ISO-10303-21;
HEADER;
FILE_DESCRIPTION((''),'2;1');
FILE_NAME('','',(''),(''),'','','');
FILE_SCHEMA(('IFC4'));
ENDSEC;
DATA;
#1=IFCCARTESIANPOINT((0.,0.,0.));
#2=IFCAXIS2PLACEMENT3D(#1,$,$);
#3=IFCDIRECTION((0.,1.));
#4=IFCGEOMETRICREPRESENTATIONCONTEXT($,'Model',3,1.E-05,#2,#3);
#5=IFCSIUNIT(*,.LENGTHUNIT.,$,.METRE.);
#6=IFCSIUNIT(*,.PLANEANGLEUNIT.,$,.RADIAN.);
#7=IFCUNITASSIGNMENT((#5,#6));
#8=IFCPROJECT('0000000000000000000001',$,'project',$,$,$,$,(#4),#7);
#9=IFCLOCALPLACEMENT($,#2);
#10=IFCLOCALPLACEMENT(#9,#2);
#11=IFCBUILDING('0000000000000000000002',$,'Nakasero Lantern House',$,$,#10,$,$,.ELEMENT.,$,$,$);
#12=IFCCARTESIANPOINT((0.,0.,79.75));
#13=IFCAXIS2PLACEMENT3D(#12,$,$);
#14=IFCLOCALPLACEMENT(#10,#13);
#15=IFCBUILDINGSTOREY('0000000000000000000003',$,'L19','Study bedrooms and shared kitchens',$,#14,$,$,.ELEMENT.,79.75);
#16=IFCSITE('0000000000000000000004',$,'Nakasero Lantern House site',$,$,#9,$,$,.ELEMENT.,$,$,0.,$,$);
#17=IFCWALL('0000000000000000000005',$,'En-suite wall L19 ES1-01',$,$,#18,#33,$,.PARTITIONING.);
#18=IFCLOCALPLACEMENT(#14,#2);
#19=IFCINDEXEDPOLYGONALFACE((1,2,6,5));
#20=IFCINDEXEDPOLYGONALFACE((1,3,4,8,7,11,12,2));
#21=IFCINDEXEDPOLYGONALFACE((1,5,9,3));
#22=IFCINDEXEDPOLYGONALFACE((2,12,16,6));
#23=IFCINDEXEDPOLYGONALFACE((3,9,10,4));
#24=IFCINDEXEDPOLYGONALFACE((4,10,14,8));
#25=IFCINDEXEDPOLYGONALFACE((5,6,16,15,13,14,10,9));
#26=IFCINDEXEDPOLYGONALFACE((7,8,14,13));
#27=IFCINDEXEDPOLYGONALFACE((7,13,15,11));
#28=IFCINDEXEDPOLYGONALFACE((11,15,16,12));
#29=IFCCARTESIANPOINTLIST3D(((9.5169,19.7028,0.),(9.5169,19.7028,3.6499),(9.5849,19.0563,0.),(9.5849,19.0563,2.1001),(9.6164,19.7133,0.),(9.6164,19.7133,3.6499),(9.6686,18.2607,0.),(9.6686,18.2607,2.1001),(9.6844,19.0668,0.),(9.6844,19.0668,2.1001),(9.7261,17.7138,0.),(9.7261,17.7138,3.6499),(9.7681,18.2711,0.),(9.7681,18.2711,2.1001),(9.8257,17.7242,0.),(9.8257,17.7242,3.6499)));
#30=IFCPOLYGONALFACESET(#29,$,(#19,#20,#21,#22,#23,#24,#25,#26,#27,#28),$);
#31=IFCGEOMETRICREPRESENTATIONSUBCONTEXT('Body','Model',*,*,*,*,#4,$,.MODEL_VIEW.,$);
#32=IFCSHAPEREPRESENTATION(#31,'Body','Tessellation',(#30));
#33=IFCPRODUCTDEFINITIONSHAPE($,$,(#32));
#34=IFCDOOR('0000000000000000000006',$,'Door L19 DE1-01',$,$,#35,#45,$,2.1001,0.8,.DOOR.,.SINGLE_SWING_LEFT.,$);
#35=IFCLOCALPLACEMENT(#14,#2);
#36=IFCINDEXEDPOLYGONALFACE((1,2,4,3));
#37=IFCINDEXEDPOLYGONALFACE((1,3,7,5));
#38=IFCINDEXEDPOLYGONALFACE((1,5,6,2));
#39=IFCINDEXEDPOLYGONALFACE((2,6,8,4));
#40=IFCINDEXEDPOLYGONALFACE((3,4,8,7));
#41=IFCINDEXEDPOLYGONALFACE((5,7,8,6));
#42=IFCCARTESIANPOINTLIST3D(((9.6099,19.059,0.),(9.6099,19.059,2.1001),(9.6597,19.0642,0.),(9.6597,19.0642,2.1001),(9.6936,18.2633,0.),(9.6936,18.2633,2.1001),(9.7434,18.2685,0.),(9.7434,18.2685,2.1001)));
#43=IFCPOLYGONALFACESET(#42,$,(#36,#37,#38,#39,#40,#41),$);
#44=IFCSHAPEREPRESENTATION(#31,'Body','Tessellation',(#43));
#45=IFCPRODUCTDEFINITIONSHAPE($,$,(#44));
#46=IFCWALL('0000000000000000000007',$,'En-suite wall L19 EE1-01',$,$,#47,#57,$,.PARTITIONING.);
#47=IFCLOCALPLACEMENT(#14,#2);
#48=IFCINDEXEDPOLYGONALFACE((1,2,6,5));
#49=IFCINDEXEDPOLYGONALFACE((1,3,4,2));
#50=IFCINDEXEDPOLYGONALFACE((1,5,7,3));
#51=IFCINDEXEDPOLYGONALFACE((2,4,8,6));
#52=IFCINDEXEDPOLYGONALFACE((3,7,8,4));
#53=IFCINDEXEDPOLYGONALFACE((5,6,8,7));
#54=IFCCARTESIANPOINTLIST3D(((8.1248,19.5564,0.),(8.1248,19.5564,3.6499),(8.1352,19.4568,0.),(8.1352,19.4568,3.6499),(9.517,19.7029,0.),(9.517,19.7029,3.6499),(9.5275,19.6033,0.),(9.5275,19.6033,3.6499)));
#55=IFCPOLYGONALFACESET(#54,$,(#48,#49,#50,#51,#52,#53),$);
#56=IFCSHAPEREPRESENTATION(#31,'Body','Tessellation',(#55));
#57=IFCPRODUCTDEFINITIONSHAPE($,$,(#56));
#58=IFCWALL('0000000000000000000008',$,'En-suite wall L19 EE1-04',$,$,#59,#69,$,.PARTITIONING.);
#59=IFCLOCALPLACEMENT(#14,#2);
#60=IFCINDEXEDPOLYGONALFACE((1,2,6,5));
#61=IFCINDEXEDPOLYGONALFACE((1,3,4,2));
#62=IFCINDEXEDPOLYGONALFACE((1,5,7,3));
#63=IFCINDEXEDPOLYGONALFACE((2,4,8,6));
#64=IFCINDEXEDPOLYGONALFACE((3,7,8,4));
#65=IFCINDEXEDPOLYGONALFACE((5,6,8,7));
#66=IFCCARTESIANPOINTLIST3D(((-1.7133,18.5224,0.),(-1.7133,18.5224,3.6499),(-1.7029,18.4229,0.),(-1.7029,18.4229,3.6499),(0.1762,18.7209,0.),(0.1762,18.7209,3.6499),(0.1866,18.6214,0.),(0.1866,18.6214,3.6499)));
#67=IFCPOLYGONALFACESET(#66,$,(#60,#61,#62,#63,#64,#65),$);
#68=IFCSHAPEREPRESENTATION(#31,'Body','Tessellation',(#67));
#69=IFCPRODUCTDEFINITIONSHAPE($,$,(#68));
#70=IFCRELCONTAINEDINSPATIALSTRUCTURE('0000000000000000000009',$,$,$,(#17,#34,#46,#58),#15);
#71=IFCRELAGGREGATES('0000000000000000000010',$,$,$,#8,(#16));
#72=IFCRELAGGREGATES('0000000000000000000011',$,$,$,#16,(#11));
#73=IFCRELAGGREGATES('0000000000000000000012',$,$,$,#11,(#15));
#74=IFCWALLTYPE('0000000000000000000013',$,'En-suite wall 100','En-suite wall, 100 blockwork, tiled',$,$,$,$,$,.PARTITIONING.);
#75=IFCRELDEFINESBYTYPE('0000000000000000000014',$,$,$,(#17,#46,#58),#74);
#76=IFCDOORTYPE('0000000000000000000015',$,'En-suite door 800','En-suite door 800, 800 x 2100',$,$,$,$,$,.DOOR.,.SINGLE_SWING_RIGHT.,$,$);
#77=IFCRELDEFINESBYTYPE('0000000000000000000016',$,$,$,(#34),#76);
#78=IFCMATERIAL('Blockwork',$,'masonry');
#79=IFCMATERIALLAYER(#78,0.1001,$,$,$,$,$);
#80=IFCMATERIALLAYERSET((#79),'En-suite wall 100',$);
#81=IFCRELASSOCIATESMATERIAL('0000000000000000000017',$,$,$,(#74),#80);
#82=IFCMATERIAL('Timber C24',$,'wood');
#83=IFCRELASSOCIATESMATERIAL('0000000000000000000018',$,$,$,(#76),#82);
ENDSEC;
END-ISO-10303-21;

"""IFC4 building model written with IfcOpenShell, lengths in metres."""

from ifc_helpers import new_model, si_unit, direction, frame, frame_2d, origin, place, context, subcontext, project, spatial, rectangle, extrude, material, layer, layer_set, type_object, element, fill, save


model = new_model("IFC4")

# Units and contexts
model_context = context("Model", 3, precision=1e-05, world=origin(), true_north=direction((0.0, 1.0)))
body_context = subcontext(model_context, "Body", "Model", "MODEL_VIEW")
ifc_project = project(units=[si_unit("LENGTHUNIT", "METRE"), si_unit("PLANEANGLEUNIT", "RADIAN")], contexts=[model_context])

# Site, building, storey
site_placement = place(None, origin())
site = spatial("IfcSite", under=ifc_project, at=site_placement, Name="Nakasero Lantern House site", CompositionType="ELEMENT", RefElevation=0.0)
building_placement = place(site_placement, origin())
building = spatial("IfcBuilding", under=site, at=building_placement, Name="Nakasero Lantern House", CompositionType="ELEMENT")
storey_placement = place(building_placement, frame((0.0, 0.0, 79.75)))
storey = spatial("IfcBuildingStorey", under=building, at=storey_placement, Name="L19", Description="Study bedrooms and shared kitchens", CompositionType="ELEMENT", Elevation=79.75)

# Wall, opening, door
ifc_material_1 = material(Name="Blockwork", Category="masonry")
ifc_layer_1 = layer(ifc_material_1, 0.1001)
ifc_layer_set_1 = layer_set([ifc_layer_1], Name="En-suite wall 100")
wall_type_1 = type_object("IfcWallType", Name="En-suite wall 100", Description="En-suite wall, 100 blockwork, tiled", PredefinedType="PARTITIONING", material=ifc_layer_set_1)
wall_1_placement = place(storey_placement, frame((9.7759, 17.719, 0.0), z_axis=(0.0, 0.0, 1.0), x_axis=(-0.104615, 0.994513, 0.0)))
wall_1 = element("IfcWall", 1, at=wall_1_placement, inside=storey, type_object=wall_type_1, Name="En-suite wall L19 ES1-01", PredefinedType="PARTITIONING", context=body_context, shape_type="SweptSolid", body=[
    extrude(rectangle(XDim=2.0, YDim=0.1001, at=frame_2d((1.0, 0.0))), origin(), (0.0, 0.0, 1.0), 3.6499),
])
opening_1_placement = place(wall_1_placement, frame((0.55, 0.0, 0.0)))
opening_1 = element("IfcOpeningElement", 2, at=opening_1_placement, cuts=wall_1, PredefinedType="OPENING", context=body_context, shape_type="SweptSolid", body=[
    extrude(rectangle(XDim=0.8, YDim=2.1001, at=frame_2d((0.3999, 1.05))), frame((0.0, 0.0701, 0.0), z_axis=(0.0, -1.0, 0.0), x_axis=(1.0, 0.0, 0.0)), (0.0, 0.0, 1.0), 0.1401),
])
ifc_material_2 = material(Name="Timber C24", Category="wood")
door_type_1 = type_object("IfcDoorType", Name="En-suite door 800", Description="En-suite door 800, 800 x 2100", OperationType="SINGLE_SWING_RIGHT", PredefinedType="DOOR", material=ifc_material_2)
door_1_placement = place(opening_1_placement, origin())
door_1 = element("IfcDoor", 3, at=door_1_placement, inside=storey, type_object=door_type_1, Name="Door L19 DE1-01", OperationType="SINGLE_SWING_LEFT", OverallHeight=2.1001, OverallWidth=0.8, PredefinedType="DOOR", context=body_context, shape_type="SweptSolid", body=[
    extrude(rectangle(XDim=0.8, YDim=2.1001, at=frame_2d((0.3999, 1.05))), frame((0.0, 0.0249, 0.0), z_axis=(0.0, -1.0, 0.0), x_axis=(1.0, 0.0, 0.0)), (0.0, 0.0, 1.0), 0.05),
])
fill(opening_1, door_1)

# Walls
wall_2_placement = place(storey_placement, frame((9.5222, 19.6531, 0.0), z_axis=(0.0, 0.0, 1.0), x_axis=(-0.994511, -0.10463, 0.0)))
element("IfcWall", 4, at=wall_2_placement, inside=storey, type_object=wall_type_1, Name="En-suite wall L19 EE1-01", PredefinedType="PARTITIONING", context=body_context, shape_type="SweptSolid", body=[
    extrude(rectangle(XDim=1.3999, YDim=0.1001, at=frame_2d((0.7, 0.0))), origin(), (0.0, 0.0, 1.0), 3.6499),
])
wall_3_placement = place(storey_placement, frame((0.1814, 18.6711, 0.0), z_axis=(0.0, 0.0, 1.0), x_axis=(-0.994527, -0.104477, 0.0)))
element("IfcWall", 5, at=wall_3_placement, inside=storey, type_object=wall_type_1, Name="En-suite wall L19 EE1-04", PredefinedType="PARTITIONING", context=body_context, shape_type="SweptSolid", body=[
    extrude(rectangle(XDim=1.8999, YDim=0.1001, at=frame_2d((0.95, 0.0))), origin(), (0.0, 0.0, 1.0), 3.6499),
])

save(model, "model.ifc")
